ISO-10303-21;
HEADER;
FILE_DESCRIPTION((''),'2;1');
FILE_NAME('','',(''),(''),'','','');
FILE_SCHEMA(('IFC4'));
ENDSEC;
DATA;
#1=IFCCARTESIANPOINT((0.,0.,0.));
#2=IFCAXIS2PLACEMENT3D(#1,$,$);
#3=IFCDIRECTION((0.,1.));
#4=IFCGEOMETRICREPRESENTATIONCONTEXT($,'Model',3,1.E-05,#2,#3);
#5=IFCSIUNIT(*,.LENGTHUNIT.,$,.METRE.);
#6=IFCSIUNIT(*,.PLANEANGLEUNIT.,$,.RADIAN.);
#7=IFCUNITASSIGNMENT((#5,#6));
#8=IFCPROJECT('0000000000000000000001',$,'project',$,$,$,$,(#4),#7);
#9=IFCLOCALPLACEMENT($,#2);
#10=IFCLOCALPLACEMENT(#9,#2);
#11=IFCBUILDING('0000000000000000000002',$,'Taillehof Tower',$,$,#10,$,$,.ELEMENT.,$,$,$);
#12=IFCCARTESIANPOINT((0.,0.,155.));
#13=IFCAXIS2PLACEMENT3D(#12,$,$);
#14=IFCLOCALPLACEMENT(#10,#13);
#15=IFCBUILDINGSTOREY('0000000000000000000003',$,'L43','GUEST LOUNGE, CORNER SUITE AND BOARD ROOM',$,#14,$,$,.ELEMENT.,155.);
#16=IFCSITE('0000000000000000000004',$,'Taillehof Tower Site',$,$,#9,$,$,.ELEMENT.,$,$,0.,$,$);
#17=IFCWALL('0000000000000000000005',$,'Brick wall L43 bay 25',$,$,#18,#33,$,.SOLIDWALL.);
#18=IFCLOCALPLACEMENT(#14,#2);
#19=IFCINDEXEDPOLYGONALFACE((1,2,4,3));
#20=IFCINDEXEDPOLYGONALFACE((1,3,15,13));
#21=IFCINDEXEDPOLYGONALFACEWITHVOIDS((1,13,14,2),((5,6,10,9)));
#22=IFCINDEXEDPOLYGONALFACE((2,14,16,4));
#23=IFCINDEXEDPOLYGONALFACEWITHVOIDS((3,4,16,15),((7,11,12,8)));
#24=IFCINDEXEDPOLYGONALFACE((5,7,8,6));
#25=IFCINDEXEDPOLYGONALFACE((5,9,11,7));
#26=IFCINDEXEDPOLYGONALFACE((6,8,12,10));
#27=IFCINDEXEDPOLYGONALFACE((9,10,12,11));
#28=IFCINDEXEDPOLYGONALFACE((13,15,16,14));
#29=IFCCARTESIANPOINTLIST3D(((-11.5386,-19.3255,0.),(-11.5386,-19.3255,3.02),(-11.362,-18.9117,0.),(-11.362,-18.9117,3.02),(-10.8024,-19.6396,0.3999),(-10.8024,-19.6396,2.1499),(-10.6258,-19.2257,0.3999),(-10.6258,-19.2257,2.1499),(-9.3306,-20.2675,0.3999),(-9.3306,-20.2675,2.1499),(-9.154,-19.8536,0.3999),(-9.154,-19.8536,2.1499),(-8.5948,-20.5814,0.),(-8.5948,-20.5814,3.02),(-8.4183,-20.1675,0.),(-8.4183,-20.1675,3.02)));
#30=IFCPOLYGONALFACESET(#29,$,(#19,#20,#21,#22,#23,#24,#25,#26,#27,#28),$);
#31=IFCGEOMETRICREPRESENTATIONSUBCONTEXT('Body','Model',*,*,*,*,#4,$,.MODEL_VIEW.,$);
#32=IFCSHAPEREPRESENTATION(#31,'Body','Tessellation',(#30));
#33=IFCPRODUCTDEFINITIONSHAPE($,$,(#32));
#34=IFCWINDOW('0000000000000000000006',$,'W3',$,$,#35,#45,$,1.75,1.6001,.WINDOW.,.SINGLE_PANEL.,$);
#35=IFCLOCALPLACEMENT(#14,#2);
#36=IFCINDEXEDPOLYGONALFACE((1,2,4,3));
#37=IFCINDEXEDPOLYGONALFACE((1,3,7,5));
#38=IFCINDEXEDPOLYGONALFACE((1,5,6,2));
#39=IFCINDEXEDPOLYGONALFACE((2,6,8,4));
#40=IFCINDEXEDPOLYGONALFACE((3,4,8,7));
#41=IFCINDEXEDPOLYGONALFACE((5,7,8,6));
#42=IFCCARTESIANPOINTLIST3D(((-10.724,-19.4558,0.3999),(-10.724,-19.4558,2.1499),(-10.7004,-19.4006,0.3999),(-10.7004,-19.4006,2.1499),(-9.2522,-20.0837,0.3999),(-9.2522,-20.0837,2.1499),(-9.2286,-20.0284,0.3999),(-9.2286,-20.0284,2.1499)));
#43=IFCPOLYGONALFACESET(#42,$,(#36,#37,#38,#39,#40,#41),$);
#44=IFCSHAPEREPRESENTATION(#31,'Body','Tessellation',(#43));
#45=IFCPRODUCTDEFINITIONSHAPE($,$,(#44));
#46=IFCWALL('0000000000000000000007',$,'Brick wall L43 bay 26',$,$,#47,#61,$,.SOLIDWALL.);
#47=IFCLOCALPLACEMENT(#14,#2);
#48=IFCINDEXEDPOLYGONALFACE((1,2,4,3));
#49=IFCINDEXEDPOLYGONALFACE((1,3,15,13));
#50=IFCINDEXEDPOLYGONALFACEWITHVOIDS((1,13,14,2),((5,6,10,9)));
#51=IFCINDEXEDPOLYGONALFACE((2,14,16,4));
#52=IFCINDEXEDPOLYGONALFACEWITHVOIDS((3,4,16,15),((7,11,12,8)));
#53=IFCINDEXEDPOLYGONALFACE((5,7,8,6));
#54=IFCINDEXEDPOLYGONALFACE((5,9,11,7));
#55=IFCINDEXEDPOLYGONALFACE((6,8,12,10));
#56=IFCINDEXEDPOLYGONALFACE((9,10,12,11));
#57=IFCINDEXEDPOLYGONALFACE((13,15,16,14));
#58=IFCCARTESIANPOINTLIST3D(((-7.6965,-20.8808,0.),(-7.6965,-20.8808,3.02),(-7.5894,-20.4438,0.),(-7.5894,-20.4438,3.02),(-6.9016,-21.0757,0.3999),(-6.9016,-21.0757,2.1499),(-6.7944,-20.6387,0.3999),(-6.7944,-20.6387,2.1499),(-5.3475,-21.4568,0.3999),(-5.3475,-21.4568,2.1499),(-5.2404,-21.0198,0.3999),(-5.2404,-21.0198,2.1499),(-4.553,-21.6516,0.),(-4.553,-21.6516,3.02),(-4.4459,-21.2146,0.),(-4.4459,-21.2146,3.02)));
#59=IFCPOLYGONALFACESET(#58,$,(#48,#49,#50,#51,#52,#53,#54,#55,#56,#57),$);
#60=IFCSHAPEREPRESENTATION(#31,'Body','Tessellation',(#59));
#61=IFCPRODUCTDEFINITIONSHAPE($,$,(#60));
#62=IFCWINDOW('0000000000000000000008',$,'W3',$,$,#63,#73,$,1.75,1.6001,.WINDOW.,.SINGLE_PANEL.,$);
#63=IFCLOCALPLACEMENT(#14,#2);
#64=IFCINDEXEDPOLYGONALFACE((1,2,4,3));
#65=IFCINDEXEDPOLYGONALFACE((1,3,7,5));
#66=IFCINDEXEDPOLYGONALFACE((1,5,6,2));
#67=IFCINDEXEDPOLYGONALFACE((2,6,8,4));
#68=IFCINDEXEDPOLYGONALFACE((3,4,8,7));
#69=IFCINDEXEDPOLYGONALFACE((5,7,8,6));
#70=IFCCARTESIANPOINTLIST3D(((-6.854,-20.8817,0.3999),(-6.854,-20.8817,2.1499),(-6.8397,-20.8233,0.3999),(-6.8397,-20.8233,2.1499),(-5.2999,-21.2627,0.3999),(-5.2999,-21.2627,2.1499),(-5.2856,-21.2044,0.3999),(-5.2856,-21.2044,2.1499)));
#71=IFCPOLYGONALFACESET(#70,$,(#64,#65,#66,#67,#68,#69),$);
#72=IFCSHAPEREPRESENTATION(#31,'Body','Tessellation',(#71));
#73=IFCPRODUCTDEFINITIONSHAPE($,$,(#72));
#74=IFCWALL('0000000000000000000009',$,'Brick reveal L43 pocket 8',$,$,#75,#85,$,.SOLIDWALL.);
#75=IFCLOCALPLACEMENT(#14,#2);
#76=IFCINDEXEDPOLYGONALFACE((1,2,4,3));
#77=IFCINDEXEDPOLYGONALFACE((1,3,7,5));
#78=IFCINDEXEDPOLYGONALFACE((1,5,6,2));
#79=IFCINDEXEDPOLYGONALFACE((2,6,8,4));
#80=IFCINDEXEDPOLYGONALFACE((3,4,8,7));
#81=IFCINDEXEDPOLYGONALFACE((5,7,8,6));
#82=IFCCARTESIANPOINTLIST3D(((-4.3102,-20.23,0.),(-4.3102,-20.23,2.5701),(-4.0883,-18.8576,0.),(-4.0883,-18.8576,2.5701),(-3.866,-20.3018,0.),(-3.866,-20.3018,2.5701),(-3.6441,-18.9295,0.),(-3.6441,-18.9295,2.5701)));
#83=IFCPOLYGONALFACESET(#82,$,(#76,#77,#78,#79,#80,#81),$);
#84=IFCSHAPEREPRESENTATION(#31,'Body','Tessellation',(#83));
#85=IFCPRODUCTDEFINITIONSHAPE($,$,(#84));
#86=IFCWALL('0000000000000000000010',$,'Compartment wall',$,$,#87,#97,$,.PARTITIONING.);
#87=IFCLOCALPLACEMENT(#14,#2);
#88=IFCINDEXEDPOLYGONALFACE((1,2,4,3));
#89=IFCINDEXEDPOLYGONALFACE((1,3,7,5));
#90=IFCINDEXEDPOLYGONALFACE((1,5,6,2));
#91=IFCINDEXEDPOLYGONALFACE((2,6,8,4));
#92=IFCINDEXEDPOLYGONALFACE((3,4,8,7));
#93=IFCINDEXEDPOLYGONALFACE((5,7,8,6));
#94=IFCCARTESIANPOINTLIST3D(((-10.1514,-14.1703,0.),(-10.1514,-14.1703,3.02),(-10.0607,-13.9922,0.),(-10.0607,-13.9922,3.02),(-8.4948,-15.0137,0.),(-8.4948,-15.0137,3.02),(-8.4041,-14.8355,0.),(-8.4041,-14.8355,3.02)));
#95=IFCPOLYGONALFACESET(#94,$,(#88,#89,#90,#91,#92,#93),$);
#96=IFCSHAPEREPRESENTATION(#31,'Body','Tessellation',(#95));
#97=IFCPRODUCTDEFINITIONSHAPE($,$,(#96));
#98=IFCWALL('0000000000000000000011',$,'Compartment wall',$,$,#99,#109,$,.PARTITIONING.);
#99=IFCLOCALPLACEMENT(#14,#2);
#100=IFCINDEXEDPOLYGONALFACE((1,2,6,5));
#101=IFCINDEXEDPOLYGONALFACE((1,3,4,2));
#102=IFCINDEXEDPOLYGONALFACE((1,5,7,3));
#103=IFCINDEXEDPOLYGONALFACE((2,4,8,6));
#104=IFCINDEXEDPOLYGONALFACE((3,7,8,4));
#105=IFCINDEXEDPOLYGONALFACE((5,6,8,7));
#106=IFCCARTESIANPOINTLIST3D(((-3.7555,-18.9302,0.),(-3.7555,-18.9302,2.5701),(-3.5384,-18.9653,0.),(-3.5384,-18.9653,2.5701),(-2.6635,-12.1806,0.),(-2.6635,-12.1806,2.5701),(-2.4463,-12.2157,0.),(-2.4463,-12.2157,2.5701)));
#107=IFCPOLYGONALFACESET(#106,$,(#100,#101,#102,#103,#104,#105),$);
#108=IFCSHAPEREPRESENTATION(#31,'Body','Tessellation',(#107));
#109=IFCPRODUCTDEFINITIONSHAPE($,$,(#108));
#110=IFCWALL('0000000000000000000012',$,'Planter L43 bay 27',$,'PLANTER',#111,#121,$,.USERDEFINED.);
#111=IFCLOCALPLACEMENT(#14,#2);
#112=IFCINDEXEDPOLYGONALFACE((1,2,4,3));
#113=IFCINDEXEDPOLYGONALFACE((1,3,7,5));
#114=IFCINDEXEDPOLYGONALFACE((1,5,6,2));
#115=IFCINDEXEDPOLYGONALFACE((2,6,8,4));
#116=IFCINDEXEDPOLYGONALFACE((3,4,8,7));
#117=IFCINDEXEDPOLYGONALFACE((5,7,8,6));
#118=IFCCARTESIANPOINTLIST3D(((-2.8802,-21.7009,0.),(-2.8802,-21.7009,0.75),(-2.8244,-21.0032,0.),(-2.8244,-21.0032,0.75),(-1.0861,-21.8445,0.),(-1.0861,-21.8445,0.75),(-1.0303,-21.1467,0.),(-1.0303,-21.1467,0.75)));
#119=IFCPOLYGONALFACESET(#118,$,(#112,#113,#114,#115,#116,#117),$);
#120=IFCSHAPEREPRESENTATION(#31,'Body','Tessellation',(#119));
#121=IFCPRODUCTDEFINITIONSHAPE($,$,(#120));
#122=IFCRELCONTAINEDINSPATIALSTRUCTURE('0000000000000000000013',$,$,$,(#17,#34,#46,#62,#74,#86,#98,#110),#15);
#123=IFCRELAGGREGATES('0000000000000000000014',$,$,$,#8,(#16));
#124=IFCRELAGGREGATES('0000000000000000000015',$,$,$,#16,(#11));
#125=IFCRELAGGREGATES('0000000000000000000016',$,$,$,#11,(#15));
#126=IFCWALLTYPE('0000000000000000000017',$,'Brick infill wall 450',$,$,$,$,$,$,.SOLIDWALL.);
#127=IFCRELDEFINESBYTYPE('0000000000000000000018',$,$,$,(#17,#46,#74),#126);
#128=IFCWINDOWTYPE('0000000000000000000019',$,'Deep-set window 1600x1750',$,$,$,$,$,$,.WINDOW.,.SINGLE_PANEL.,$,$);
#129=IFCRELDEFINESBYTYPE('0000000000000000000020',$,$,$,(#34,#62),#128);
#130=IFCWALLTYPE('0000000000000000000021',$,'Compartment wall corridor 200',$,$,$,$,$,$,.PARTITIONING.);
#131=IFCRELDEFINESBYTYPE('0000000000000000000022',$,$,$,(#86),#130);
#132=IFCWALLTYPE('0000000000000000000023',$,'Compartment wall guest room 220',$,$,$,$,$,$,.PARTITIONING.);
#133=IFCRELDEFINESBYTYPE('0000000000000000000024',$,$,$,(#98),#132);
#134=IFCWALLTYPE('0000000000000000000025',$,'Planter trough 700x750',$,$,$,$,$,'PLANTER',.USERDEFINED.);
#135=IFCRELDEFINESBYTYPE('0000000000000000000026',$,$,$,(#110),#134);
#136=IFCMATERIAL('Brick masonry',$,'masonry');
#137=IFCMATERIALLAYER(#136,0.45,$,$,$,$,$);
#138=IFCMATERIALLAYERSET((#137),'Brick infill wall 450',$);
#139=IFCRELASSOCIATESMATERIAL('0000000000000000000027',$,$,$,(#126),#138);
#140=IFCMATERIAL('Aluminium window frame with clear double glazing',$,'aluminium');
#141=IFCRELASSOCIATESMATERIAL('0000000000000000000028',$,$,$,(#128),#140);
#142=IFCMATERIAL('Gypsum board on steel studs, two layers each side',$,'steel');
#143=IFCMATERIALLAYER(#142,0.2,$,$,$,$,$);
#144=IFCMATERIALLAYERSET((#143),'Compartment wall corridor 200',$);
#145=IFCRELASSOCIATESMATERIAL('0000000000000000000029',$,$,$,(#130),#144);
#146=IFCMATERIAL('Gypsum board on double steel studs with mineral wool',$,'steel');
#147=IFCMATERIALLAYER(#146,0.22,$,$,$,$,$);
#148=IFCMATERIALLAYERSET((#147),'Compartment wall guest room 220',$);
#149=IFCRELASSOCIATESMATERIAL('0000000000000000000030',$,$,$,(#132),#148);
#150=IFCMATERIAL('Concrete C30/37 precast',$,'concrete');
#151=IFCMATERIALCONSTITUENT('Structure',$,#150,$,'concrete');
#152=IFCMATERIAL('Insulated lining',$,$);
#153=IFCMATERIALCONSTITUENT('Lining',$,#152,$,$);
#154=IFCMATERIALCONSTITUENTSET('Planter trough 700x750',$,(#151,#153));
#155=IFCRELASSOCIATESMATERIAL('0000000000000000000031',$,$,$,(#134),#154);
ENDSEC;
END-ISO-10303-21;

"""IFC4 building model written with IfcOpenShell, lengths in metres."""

from ifc_helpers import new_model, si_unit, direction, frame, frame_2d, origin, place, context, subcontext, project, spatial, rectangle, extrude, material, layer, layer_set, constituent, constituent_set, type_object, element, fill, save


model = new_model("IFC4")

# Units and contexts
model_context = context("Model", 3, precision=1e-05, world=origin(), true_north=direction((0.0, 1.0)))
body_context = subcontext(model_context, "Body", "Model", "MODEL_VIEW")
ifc_project = project(units=[si_unit("LENGTHUNIT", "METRE"), si_unit("PLANEANGLEUNIT", "RADIAN")], contexts=[model_context])

# Site, building, storey
site_placement = place(None, origin())
site = spatial("IfcSite", under=ifc_project, at=site_placement, Name="Taillehof Tower Site", CompositionType="ELEMENT", RefElevation=0.0)
building_placement = place(site_placement, origin())
building = spatial("IfcBuilding", under=site, at=building_placement, Name="Taillehof Tower", CompositionType="ELEMENT")
storey_placement = place(building_placement, frame((0.0, 0.0, 155.0)))
storey = spatial("IfcBuildingStorey", under=building, at=storey_placement, Name="L43", Description="GUEST LOUNGE, CORNER SUITE AND BOARD ROOM", CompositionType="ELEMENT", Elevation=155.0)

# Walls, openings, windows
ifc_material_1 = material(Name="Brick masonry", Category="masonry")
ifc_layer_1 = layer(ifc_material_1, 0.45)
ifc_layer_set_1 = layer_set([ifc_layer_1], Name="Brick infill wall 450")
wall_type_1 = type_object("IfcWallType", Name="Brick infill wall 450", PredefinedType="SOLIDWALL", material=ifc_layer_set_1)
wall_1_placement = place(storey_placement, frame((-11.4502, -19.1187, 0.0), z_axis=(0.0, 0.0, 1.0), x_axis=(0.919799, -0.39239, 0.0)))
wall_1 = element("IfcWall", 1, at=wall_1_placement, inside=storey, type_object=wall_type_1, Name="Brick wall L43 bay 25", PredefinedType="SOLIDWALL", context=body_context, shape_type="SweptSolid", body=[
    extrude(rectangle(XDim=3.2004, YDim=0.45, at=frame_2d((1.6001, 0.0))), origin(), (0.0, 0.0, 1.0), 3.02),
])
opening_1_placement = place(wall_1_placement, frame((0.8003, 0.0, 0.3999)))
opening_1 = element("IfcOpeningElement", 2, at=opening_1_placement, cuts=wall_1, PredefinedType="OPENING", context=body_context, shape_type="SweptSolid", body=[
    extrude(rectangle(XDim=1.6001, YDim=1.75, at=frame_2d((0.8, 0.875))), frame((0.0, 0.2349, 0.0), z_axis=(0.0, -1.0, 0.0), x_axis=(1.0, 0.0, 0.0)), (0.0, 0.0, 1.0), 0.47),
])
ifc_material_2 = material(Name="Aluminium window frame with clear double glazing", Category="aluminium")
window_type_1 = type_object("IfcWindowType", Name="Deep-set window 1600x1750", PartitioningType="SINGLE_PANEL", PredefinedType="WINDOW", material=ifc_material_2)
window_1_placement = place(opening_1_placement, origin())
window_1 = element("IfcWindow", 3, at=window_1_placement, inside=storey, type_object=window_type_1, Name="W3", OverallHeight=1.75, OverallWidth=1.6001, PartitioningType="SINGLE_PANEL", PredefinedType="WINDOW", context=body_context, shape_type="SweptSolid", body=[
    extrude(rectangle(XDim=1.6001, YDim=1.75, at=frame_2d((0.8, 0.875))), frame((0.0, 0.0349, 0.0), z_axis=(0.0, -1.0, 0.0), x_axis=(1.0, 0.0, 0.0)), (0.0, 0.0, 1.0), 0.0601),
])
fill(opening_1, window_1)
wall_2_placement = place(storey_placement, frame((-7.6428, -20.6624, 0.0), z_axis=(0.0, 0.0, 1.0), x_axis=(0.971233, -0.238132, 0.0)))
wall_2 = element("IfcWall", 4, at=wall_2_placement, inside=storey, type_object=wall_type_1, Name="Brick wall L43 bay 26", PredefinedType="SOLIDWALL", context=body_context, shape_type="SweptSolid", body=[
    extrude(rectangle(XDim=3.2366, YDim=0.45, at=frame_2d((1.6182, 0.0))), origin(), (0.0, 0.0, 1.0), 3.02),
])
opening_2_placement = place(wall_2_placement, frame((0.8184, 0.0, 0.3999)))
opening_2 = element("IfcOpeningElement", 5, at=opening_2_placement, cuts=wall_2, PredefinedType="OPENING", context=body_context, shape_type="SweptSolid", body=[
    extrude(rectangle(XDim=1.6001, YDim=1.75, at=frame_2d((0.8, 0.875))), frame((0.0, 0.2349, 0.0), z_axis=(0.0, -1.0, 0.0), x_axis=(1.0, 0.0, 0.0)), (0.0, 0.0, 1.0), 0.47),
])
window_2_placement = place(opening_2_placement, origin())
window_2 = element("IfcWindow", 6, at=window_2_placement, inside=storey, type_object=window_type_1, Name="W3", OverallHeight=1.75, OverallWidth=1.6001, PartitioningType="SINGLE_PANEL", PredefinedType="WINDOW", context=body_context, shape_type="SweptSolid", body=[
    extrude(rectangle(XDim=1.6001, YDim=1.75, at=frame_2d((0.8, 0.875))), frame((0.0, 0.0349, 0.0), z_axis=(0.0, -1.0, 0.0), x_axis=(1.0, 0.0, 0.0)), (0.0, 0.0, 1.0), 0.0601),
])
fill(opening_2, window_2)

# Wall
wall_3_placement = place(storey_placement, frame((-4.0881, -20.2659, 0.0), z_axis=(0.0, 0.0, 1.0), x_axis=(0.159641, 0.987175, 0.0)))
element("IfcWall", 7, at=wall_3_placement, inside=storey, type_object=wall_type_1, Name="Brick reveal L43 pocket 8", PredefinedType="SOLIDWALL", context=body_context, shape_type="SweptSolid", body=[
    extrude(rectangle(XDim=1.3901, YDim=0.45, at=frame_2d((0.6951, 0.0))), origin(), (0.0, 0.0, 1.0), 2.5701),
])

# Walls
ifc_material_3 = material(Name="Gypsum board on steel studs, two layers each side", Category="steel")
ifc_layer_2 = layer(ifc_material_3, 0.2)
ifc_layer_set_2 = layer_set([ifc_layer_2], Name="Compartment wall corridor 200")
wall_type_2 = type_object("IfcWallType", Name="Compartment wall corridor 200", PredefinedType="PARTITIONING", material=ifc_layer_set_2)
wall_4_placement = place(storey_placement, frame((-8.4495, -14.9246, 0.0), z_axis=(0.0, 0.0, 1.0), x_axis=(-0.891173, 0.453664, 0.0)))
element("IfcWall", 8, at=wall_4_placement, inside=storey, type_object=wall_type_2, Name="Compartment wall", PredefinedType="PARTITIONING", context=body_context, shape_type="SweptSolid", body=[
    extrude(rectangle(XDim=1.8589, YDim=0.2, at=frame_2d((0.9294, 0.0))), origin(), (0.0, 0.0, 1.0), 3.02),
])
ifc_material_4 = material(Name="Gypsum board on double steel studs with mineral wool", Category="steel")
ifc_layer_3 = layer(ifc_material_4, 0.22)
ifc_layer_set_3 = layer_set([ifc_layer_3], Name="Compartment wall guest room 220")
wall_type_3 = type_object("IfcWallType", Name="Compartment wall guest room 220", PredefinedType="PARTITIONING", material=ifc_layer_set_3)
wall_5_placement = place(storey_placement, frame((-3.647, -18.9478, 0.0), z_axis=(0.0, 0.0, 1.0), x_axis=(0.159719, 0.987163, 0.0)))
element("IfcWall", 9, at=wall_5_placement, inside=storey, type_object=wall_type_3, Name="Compartment wall", PredefinedType="PARTITIONING", context=body_context, shape_type="SweptSolid", body=[
    extrude(rectangle(XDim=6.8374, YDim=0.22, at=frame_2d((3.4187, 0.0))), origin(), (0.0, 0.0, 1.0), 2.5701),
])
ifc_material_5 = material(Name="Concrete C30/37 precast", Category="concrete")
ifc_constituent_1 = constituent(ifc_material_5, Name="Structure", Category="concrete")
ifc_material_6 = material(Name="Insulated lining")
ifc_constituent_2 = constituent(ifc_material_6, Name="Lining")
ifc_constituent_set = constituent_set(constituents=[ifc_constituent_1, ifc_constituent_2], Name="Planter trough 700x750")
wall_type_4 = type_object("IfcWallType", Name="Planter trough 700x750", ElementType="PLANTER", PredefinedType="USERDEFINED", material=ifc_constituent_set)
wall_6_placement = place(storey_placement, frame((-2.8523, -21.3521, 0.0), z_axis=(0.0, 0.0, 1.0), x_axis=(0.996814, -0.079756, 0.0)))
element("IfcWall", 10, at=wall_6_placement, inside=storey, type_object=wall_type_4, Name="Planter L43 bay 27", ObjectType="PLANTER", PredefinedType="USERDEFINED", context=body_context, shape_type="SweptSolid", body=[
    extrude(rectangle(XDim=1.7998, YDim=0.7, at=frame_2d((0.8999, 0.0))), origin(), (0.0, 0.0, 1.0), 0.75),
])

save(model, "model.ifc")
